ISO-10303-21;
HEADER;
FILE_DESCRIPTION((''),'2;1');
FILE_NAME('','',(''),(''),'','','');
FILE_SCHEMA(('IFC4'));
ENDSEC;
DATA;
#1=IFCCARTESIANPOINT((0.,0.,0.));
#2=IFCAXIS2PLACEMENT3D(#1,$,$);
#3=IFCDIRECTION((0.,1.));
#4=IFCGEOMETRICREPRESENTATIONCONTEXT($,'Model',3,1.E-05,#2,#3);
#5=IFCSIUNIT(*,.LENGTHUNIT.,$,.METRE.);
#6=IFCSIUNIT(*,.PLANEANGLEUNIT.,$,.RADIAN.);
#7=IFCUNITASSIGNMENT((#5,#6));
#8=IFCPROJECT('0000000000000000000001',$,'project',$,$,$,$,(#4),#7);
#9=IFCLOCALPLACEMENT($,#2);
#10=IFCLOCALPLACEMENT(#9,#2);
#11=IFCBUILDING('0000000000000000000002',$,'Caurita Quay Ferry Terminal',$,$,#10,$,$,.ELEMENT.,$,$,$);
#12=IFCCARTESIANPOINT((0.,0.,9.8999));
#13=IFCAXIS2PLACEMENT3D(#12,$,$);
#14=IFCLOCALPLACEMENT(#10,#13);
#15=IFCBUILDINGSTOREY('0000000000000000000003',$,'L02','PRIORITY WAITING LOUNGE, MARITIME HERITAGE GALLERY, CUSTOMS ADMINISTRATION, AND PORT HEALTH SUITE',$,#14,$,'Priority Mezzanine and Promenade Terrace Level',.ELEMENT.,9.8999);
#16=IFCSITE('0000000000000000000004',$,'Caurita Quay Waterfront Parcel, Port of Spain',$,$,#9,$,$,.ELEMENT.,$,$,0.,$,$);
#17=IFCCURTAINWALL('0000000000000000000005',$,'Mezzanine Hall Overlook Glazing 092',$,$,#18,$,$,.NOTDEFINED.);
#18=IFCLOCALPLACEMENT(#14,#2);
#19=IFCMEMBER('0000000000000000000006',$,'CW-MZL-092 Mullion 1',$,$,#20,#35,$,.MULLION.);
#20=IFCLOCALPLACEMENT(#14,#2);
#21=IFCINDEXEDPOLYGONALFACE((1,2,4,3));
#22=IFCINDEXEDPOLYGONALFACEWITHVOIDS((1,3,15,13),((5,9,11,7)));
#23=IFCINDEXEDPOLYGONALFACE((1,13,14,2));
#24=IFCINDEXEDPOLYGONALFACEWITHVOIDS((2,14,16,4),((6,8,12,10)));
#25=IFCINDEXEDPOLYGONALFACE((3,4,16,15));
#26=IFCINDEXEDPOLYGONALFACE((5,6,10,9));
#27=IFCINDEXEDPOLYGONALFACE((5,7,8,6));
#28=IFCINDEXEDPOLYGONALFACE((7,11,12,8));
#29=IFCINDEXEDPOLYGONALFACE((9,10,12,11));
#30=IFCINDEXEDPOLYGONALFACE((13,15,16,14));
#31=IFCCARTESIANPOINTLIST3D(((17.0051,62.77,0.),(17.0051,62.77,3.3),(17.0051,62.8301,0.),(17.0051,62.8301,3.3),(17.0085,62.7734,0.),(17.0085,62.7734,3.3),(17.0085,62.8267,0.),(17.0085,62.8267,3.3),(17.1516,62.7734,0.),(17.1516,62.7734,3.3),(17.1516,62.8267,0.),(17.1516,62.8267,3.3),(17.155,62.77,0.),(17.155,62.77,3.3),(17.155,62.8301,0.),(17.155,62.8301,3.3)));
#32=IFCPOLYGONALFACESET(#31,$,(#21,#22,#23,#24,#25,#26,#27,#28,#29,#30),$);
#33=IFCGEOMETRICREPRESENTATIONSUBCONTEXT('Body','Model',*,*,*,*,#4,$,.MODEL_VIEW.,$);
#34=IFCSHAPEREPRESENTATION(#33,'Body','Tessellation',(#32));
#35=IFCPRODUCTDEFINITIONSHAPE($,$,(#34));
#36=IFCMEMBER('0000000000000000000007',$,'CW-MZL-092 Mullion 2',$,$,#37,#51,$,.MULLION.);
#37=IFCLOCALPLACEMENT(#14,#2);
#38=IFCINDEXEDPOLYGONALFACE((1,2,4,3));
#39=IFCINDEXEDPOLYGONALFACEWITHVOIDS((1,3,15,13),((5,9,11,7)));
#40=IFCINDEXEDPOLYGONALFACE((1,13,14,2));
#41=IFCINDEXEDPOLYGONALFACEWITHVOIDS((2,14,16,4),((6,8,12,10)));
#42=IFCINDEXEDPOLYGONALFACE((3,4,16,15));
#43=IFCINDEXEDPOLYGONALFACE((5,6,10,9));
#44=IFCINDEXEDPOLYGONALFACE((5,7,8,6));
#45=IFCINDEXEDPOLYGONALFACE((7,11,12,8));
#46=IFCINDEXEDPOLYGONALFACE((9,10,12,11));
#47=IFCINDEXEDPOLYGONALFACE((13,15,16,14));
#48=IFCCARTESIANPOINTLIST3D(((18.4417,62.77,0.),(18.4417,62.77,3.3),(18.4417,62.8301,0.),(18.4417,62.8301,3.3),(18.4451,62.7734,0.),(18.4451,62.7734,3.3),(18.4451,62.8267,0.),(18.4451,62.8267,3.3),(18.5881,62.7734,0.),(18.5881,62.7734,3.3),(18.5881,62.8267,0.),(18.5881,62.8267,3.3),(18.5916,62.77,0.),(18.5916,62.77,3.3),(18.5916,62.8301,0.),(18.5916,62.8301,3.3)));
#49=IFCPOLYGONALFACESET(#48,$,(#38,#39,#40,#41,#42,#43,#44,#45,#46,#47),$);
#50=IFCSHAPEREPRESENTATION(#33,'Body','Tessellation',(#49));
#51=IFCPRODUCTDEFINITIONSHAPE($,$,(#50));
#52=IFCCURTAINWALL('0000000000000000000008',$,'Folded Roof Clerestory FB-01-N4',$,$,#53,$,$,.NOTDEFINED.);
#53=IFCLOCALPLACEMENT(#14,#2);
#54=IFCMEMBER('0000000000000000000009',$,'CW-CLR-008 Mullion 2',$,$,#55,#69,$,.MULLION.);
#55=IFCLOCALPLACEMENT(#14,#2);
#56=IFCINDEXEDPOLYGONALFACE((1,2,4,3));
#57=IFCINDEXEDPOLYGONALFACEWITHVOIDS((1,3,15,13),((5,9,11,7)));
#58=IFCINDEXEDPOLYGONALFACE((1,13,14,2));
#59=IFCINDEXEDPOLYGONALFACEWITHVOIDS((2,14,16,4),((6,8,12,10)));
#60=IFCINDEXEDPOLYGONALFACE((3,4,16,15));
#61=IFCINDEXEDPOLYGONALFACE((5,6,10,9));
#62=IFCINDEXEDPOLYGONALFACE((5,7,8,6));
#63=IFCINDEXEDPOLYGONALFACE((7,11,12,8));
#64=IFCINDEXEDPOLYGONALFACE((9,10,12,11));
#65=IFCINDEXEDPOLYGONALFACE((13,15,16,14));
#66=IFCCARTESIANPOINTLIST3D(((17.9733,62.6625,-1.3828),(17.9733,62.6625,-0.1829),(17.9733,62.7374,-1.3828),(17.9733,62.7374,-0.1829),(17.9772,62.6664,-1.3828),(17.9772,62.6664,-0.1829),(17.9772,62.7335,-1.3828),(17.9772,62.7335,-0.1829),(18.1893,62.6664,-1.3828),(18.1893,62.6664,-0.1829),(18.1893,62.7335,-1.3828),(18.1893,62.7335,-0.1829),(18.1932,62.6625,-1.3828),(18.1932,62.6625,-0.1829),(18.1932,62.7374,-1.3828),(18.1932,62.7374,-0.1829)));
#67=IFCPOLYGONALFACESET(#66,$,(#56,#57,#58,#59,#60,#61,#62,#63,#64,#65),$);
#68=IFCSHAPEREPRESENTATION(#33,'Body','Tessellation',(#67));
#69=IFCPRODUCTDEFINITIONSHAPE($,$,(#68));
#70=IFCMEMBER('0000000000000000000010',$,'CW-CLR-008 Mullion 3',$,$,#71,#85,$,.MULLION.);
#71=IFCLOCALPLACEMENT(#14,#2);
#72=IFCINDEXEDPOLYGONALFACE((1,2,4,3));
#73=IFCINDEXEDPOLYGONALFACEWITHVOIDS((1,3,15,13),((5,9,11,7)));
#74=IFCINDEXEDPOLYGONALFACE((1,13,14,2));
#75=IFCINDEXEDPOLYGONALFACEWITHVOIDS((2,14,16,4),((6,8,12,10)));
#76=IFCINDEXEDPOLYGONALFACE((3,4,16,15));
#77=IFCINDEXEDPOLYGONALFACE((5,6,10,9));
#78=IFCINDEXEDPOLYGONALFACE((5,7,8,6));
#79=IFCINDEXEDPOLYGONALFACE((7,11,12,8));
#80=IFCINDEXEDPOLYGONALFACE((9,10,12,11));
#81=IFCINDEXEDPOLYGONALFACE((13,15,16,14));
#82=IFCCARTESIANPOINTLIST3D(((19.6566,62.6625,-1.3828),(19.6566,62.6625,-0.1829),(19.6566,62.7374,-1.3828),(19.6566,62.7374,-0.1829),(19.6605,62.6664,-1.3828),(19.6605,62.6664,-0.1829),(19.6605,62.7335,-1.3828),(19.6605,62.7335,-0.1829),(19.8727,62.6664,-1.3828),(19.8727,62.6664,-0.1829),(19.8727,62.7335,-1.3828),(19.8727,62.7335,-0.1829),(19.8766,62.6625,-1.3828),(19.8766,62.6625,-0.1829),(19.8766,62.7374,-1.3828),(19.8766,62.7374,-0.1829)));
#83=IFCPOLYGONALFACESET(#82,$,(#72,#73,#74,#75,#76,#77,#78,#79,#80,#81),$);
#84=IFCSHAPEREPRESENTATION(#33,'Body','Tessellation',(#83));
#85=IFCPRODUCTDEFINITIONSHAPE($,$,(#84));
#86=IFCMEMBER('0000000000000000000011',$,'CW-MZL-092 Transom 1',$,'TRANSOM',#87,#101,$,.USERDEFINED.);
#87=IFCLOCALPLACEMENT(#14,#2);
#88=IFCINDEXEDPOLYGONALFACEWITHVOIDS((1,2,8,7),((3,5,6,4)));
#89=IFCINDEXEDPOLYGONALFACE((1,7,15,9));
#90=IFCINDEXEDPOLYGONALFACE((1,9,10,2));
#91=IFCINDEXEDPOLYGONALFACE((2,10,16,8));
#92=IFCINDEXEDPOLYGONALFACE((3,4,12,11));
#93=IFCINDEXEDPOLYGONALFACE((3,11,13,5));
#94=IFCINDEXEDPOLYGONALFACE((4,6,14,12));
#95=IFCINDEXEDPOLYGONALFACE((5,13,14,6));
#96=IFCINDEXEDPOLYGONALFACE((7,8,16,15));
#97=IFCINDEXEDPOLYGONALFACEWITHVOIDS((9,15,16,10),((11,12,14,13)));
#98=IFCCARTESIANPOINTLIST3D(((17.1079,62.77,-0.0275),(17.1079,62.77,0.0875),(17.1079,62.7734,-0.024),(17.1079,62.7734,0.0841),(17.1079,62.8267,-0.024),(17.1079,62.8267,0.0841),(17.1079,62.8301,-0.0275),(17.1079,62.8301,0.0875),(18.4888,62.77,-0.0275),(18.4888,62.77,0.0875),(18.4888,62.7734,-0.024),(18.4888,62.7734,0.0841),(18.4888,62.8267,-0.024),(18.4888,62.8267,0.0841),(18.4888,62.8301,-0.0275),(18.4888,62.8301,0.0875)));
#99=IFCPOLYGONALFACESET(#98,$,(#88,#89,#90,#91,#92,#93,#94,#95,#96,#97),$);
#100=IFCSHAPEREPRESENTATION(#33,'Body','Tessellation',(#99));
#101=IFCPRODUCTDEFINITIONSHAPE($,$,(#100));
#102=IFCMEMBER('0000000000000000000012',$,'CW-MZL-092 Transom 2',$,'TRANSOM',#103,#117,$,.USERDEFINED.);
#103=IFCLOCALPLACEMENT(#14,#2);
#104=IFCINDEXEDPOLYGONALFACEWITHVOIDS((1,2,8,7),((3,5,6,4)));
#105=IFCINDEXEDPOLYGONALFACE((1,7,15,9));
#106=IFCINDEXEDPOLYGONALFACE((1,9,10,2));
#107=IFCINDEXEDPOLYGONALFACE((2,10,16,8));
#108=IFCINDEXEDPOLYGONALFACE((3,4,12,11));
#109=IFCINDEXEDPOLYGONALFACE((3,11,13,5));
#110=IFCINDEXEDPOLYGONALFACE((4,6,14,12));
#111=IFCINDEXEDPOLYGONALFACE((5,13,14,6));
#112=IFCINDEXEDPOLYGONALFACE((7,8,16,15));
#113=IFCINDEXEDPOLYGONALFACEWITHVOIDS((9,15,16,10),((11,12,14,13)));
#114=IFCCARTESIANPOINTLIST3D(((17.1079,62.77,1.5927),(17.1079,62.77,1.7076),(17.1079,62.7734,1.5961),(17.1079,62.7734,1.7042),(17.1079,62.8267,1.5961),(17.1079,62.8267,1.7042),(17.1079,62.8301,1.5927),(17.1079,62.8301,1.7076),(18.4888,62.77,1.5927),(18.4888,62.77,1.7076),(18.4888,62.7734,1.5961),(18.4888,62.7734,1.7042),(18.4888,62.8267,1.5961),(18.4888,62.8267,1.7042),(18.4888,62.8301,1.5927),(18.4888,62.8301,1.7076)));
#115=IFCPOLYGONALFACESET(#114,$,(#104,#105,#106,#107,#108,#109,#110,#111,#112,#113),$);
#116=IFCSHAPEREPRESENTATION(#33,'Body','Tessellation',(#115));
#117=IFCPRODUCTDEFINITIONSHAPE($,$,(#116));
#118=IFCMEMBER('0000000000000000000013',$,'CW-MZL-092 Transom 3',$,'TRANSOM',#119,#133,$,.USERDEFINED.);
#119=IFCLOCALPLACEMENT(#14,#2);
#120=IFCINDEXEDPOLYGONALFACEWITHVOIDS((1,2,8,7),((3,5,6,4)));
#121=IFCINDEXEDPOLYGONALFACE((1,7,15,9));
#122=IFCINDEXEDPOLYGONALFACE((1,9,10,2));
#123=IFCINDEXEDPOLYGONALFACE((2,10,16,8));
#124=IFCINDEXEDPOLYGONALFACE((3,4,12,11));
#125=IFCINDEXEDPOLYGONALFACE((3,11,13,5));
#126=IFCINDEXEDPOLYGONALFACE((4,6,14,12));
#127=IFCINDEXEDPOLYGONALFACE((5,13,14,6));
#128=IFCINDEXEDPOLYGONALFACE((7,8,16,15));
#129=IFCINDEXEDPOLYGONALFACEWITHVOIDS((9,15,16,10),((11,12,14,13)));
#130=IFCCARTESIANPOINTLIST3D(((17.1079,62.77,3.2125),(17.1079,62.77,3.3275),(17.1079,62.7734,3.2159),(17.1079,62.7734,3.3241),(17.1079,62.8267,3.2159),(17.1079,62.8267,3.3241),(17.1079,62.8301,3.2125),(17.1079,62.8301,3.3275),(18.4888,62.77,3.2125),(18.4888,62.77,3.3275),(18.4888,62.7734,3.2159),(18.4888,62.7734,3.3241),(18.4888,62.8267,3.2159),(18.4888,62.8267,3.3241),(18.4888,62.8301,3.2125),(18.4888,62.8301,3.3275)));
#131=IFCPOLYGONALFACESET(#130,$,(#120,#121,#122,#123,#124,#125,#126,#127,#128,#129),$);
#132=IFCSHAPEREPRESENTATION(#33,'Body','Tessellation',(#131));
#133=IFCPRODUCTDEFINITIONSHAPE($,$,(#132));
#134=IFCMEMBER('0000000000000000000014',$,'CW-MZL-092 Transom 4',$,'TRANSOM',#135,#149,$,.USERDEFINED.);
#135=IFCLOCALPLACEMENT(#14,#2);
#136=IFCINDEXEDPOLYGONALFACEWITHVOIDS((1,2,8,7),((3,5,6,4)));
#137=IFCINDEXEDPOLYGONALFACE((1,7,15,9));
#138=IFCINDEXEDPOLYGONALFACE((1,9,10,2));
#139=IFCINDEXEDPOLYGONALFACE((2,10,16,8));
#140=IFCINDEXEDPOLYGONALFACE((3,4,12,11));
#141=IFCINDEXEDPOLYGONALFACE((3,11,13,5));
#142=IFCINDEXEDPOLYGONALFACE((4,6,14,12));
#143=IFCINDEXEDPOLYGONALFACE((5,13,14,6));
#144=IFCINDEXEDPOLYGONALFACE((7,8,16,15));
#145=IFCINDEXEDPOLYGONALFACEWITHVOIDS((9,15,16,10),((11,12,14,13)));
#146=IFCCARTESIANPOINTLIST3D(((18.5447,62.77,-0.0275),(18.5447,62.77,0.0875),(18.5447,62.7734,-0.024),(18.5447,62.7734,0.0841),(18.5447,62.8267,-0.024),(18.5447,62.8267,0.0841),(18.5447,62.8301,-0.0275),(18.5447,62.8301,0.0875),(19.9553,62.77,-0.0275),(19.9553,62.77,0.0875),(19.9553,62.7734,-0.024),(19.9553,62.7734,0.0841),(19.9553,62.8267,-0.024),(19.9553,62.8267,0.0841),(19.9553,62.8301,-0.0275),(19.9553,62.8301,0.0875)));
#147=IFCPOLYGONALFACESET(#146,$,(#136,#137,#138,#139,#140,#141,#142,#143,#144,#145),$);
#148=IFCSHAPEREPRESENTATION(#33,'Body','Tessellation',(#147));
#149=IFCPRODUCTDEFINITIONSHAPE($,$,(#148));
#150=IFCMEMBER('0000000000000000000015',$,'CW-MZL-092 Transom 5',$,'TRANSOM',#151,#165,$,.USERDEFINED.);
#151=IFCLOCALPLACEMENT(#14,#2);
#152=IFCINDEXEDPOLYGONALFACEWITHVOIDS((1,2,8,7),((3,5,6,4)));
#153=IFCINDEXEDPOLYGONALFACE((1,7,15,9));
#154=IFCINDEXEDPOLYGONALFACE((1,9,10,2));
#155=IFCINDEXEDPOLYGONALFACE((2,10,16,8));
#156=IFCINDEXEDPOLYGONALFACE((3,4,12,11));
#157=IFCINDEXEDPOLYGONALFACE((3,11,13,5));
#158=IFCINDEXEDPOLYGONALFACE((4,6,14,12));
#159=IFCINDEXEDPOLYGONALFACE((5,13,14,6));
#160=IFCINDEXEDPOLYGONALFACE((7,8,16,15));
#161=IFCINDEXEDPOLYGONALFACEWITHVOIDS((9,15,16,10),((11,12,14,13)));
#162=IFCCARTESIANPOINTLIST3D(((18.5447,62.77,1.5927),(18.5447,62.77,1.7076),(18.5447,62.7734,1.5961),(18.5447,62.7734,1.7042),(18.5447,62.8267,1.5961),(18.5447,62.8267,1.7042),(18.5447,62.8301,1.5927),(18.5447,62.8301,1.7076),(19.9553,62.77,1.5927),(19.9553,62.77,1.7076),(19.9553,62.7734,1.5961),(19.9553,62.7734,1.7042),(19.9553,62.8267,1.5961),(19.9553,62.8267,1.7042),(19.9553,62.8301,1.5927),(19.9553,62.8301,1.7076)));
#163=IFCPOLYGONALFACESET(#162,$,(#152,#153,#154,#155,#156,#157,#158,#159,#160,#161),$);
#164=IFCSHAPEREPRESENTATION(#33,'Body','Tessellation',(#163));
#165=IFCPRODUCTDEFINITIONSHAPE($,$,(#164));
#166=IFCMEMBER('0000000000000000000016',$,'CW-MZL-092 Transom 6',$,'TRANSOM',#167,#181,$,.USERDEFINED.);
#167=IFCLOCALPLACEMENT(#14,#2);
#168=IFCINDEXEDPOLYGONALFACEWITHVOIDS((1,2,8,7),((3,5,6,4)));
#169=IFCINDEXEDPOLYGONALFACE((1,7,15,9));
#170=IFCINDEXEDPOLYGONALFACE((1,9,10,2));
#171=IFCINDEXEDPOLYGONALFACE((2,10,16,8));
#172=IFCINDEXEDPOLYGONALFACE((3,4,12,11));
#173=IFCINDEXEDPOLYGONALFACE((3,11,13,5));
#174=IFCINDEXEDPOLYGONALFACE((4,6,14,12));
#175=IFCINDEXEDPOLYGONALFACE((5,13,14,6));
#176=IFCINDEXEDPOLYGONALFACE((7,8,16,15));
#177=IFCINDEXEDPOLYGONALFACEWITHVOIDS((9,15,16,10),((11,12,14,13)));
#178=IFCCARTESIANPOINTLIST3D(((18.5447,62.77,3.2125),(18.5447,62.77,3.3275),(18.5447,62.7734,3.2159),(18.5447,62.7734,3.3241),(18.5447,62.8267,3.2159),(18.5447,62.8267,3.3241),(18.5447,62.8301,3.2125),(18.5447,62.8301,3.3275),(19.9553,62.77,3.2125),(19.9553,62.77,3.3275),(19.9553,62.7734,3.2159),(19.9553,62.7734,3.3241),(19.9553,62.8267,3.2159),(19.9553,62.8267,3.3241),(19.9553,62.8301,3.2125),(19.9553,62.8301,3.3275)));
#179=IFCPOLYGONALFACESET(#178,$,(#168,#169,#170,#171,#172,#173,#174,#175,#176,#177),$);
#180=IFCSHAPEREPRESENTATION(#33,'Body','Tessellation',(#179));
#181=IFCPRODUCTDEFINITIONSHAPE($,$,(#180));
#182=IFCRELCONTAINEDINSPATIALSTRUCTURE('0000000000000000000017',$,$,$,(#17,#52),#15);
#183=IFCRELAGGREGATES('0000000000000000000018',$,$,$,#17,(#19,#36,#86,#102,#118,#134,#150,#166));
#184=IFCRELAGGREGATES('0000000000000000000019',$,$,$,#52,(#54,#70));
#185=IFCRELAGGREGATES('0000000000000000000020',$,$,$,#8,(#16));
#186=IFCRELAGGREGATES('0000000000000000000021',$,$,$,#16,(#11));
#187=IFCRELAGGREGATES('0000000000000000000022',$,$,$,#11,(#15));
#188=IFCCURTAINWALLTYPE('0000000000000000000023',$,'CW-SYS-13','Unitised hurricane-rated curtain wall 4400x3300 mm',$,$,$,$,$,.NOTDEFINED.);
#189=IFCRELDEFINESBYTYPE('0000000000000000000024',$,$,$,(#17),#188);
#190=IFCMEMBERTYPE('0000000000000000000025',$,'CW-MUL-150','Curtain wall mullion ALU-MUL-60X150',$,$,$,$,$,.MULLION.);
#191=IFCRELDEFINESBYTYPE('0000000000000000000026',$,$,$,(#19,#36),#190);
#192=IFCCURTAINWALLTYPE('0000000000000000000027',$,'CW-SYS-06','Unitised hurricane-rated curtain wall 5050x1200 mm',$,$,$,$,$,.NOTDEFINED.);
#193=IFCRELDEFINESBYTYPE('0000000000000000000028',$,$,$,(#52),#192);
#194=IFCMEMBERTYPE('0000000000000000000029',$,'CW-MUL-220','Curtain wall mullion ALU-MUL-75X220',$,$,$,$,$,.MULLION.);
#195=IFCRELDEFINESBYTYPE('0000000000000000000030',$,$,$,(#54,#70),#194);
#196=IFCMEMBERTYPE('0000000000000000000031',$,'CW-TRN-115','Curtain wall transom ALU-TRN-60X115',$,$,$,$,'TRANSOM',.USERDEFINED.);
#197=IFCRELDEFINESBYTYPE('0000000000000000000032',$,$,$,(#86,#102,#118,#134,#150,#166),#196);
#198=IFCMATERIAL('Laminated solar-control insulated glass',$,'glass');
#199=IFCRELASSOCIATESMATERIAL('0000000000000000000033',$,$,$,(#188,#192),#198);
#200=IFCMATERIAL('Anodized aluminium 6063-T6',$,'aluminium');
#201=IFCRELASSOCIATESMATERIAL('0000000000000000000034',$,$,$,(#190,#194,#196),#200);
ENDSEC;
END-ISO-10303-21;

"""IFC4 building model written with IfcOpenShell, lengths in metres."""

from ifc_helpers import new_model, si_unit, direction, frame, origin, origin_2d, place, context, subcontext, project, spatial, hollow_rectangle, extrude, material, material_profile, profile_set, type_object, element, aggregate, save


model = new_model("IFC4")

# Units and contexts
model_context = context("Model", 3, precision=1e-05, world=origin(), true_north=direction((0.0, 1.0)))
body_context = subcontext(model_context, "Body", "Model", "MODEL_VIEW")
ifc_project = project(units=[si_unit("LENGTHUNIT", "METRE"), si_unit("PLANEANGLEUNIT", "RADIAN")], contexts=[model_context])

# Site, building, storey
site_placement = place(None, origin())
site = spatial("IfcSite", under=ifc_project, at=site_placement, Name="Caurita Quay Waterfront Parcel, Port of Spain", CompositionType="ELEMENT", RefElevation=0.0)
building_placement = place(site_placement, origin())
building = spatial("IfcBuilding", under=site, at=building_placement, Name="Caurita Quay Ferry Terminal", CompositionType="ELEMENT")
storey_placement = place(building_placement, frame((0.0, 0.0, 9.8999)))
storey = spatial("IfcBuildingStorey", under=building, at=storey_placement, Name="L02", Description="PRIORITY WAITING LOUNGE, MARITIME HERITAGE GALLERY, CUSTOMS ADMINISTRATION, AND PORT HEALTH SUITE", LongName="Priority Mezzanine and Promenade Terrace Level", CompositionType="ELEMENT", Elevation=9.8999)

# Curtain walls, members
ifc_material_1 = material(Name="Laminated solar-control insulated glass", Category="glass")
curtain_wall_type_1 = type_object("IfcCurtainWallType", Name="CW-SYS-13", Description="Unitised hurricane-rated curtain wall 4400x3300 mm", PredefinedType="NOTDEFINED", material=ifc_material_1)
curtain_wall_1_placement = place(storey_placement, origin())
curtain_wall_1 = element("IfcCurtainWall", 1, at=curtain_wall_1_placement, inside=storey, type_object=curtain_wall_type_1, Name="Mezzanine Hall Overlook Glazing 092", PredefinedType="NOTDEFINED")
ifc_material_2 = material(Name="Anodized aluminium 6063-T6", Category="aluminium")
ifc_material_profile_1 = material_profile(ifc_material_2, hollow_rectangle(XDim=0.0601, YDim=0.1499, WallThickness=0.0034, at=origin_2d()), Name="ALU-MUL-60X150")
ifc_profile_set_1 = profile_set([ifc_material_profile_1], Name="Anodized aluminium 6063-T6")
member_type_1 = type_object("IfcMemberType", Name="CW-MUL-150", Description="Curtain wall mullion ALU-MUL-60X150", PredefinedType="MULLION", material=ifc_profile_set_1)
member_1_placement = place(storey_placement, frame((17.0801, 62.8, 0.0), z_axis=(0.0, 0.0, 1.0), x_axis=(0.0, 1.0, 0.0)))
member_1 = element("IfcMember", 2, at=member_1_placement, type_object=member_type_1, Name="CW-MZL-092 Mullion 1", PredefinedType="MULLION", context=body_context, shape_type="SweptSolid", body=[
    extrude(hollow_rectangle(XDim=0.0601, YDim=0.1499, WallThickness=0.0034, at=origin_2d()), origin(), (0.0, 0.0, 1.0), 3.3),
])
member_2_placement = place(storey_placement, frame((18.5166, 62.8, 0.0), z_axis=(0.0, 0.0, 1.0), x_axis=(0.0, 1.0, 0.0)))
member_2 = element("IfcMember", 3, at=member_2_placement, type_object=member_type_1, Name="CW-MZL-092 Mullion 2", PredefinedType="MULLION", context=body_context, shape_type="SweptSolid", body=[
    extrude(hollow_rectangle(XDim=0.0601, YDim=0.1499, WallThickness=0.0034, at=origin_2d()), origin(), (0.0, 0.0, 1.0), 3.3),
])
curtain_wall_type_2 = type_object("IfcCurtainWallType", Name="CW-SYS-06", Description="Unitised hurricane-rated curtain wall 5050x1200 mm", PredefinedType="NOTDEFINED", material=ifc_material_1)
curtain_wall_2_placement = place(storey_placement, origin())
curtain_wall_2 = element("IfcCurtainWall", 4, at=curtain_wall_2_placement, inside=storey, type_object=curtain_wall_type_2, Name="Folded Roof Clerestory FB-01-N4", PredefinedType="NOTDEFINED")
ifc_material_profile_2 = material_profile(ifc_material_2, hollow_rectangle(XDim=0.075, YDim=0.22, WallThickness=0.0039, at=origin_2d()), Name="ALU-MUL-75X220")
ifc_profile_set_2 = profile_set([ifc_material_profile_2], Name="Anodized aluminium 6063-T6")
member_type_2 = type_object("IfcMemberType", Name="CW-MUL-220", Description="Curtain wall mullion ALU-MUL-75X220", PredefinedType="MULLION", material=ifc_profile_set_2)
member_3_placement = place(storey_placement, frame((18.0833, 62.7, -1.3828), z_axis=(0.0, 0.0, 1.0), x_axis=(0.0, 1.0, 0.0)))
member_3 = element("IfcMember", 5, at=member_3_placement, type_object=member_type_2, Name="CW-CLR-008 Mullion 2", PredefinedType="MULLION", context=body_context, shape_type="SweptSolid", body=[
    extrude(hollow_rectangle(XDim=0.075, YDim=0.22, WallThickness=0.0039, at=origin_2d()), origin(), (0.0, 0.0, 1.0), 1.2),
])
member_4_placement = place(storey_placement, frame((19.7666, 62.7, -1.3828), z_axis=(0.0, 0.0, 1.0), x_axis=(0.0, 1.0, 0.0)))
member_4 = element("IfcMember", 6, at=member_4_placement, type_object=member_type_2, Name="CW-CLR-008 Mullion 3", PredefinedType="MULLION", context=body_context, shape_type="SweptSolid", body=[
    extrude(hollow_rectangle(XDim=0.075, YDim=0.22, WallThickness=0.0039, at=origin_2d()), origin(), (0.0, 0.0, 1.0), 1.2),
])

# Members
ifc_material_profile_3 = material_profile(ifc_material_2, hollow_rectangle(XDim=0.0601, YDim=0.115, WallThickness=0.0034, at=origin_2d()), Name="ALU-TRN-60X115")
ifc_profile_set_3 = profile_set([ifc_material_profile_3], Name="Anodized aluminium 6063-T6")
member_type_3 = type_object("IfcMemberType", Name="CW-TRN-115", Description="Curtain wall transom ALU-TRN-60X115", ElementType="TRANSOM", PredefinedType="USERDEFINED", material=ifc_profile_set_3)
member_5_placement = place(storey_placement, frame((17.1079, 62.8, 0.03), z_axis=(1.0, 0.0, 0.0), x_axis=(0.0, 1.0, 0.0)))
member_5 = element("IfcMember", 7, at=member_5_placement, type_object=member_type_3, Name="CW-MZL-092 Transom 1", ObjectType="TRANSOM", PredefinedType="USERDEFINED", context=body_context, shape_type="SweptSolid", body=[
    extrude(hollow_rectangle(XDim=0.0601, YDim=0.115, WallThickness=0.0034, at=origin_2d()), origin(), (0.0, 0.0, 1.0), 1.3809),
])
member_6_placement = place(storey_placement, frame((17.1079, 62.8, 1.6501), z_axis=(1.0, 0.0, 0.0), x_axis=(0.0, 1.0, 0.0)))
member_6 = element("IfcMember", 8, at=member_6_placement, type_object=member_type_3, Name="CW-MZL-092 Transom 2", ObjectType="TRANSOM", PredefinedType="USERDEFINED", context=body_context, shape_type="SweptSolid", body=[
    extrude(hollow_rectangle(XDim=0.0601, YDim=0.115, WallThickness=0.0034, at=origin_2d()), origin(), (0.0, 0.0, 1.0), 1.3809),
])
member_7_placement = place(storey_placement, frame((17.1079, 62.8, 3.27), z_axis=(1.0, 0.0, 0.0), x_axis=(0.0, 1.0, 0.0)))
member_7 = element("IfcMember", 9, at=member_7_placement, type_object=member_type_3, Name="CW-MZL-092 Transom 3", ObjectType="TRANSOM", PredefinedType="USERDEFINED", context=body_context, shape_type="SweptSolid", body=[
    extrude(hollow_rectangle(XDim=0.0601, YDim=0.115, WallThickness=0.0034, at=origin_2d()), origin(), (0.0, 0.0, 1.0), 1.3809),
])
member_8_placement = place(storey_placement, frame((18.5447, 62.8, 0.03), z_axis=(1.0, 0.0, 0.0), x_axis=(0.0, 1.0, 0.0)))
member_8 = element("IfcMember", 10, at=member_8_placement, type_object=member_type_3, Name="CW-MZL-092 Transom 4", ObjectType="TRANSOM", PredefinedType="USERDEFINED", context=body_context, shape_type="SweptSolid", body=[
    extrude(hollow_rectangle(XDim=0.0601, YDim=0.115, WallThickness=0.0034, at=origin_2d()), origin(), (0.0, 0.0, 1.0), 1.4106),
])
member_9_placement = place(storey_placement, frame((18.5447, 62.8, 1.6501), z_axis=(1.0, 0.0, 0.0), x_axis=(0.0, 1.0, 0.0)))
member_9 = element("IfcMember", 11, at=member_9_placement, type_object=member_type_3, Name="CW-MZL-092 Transom 5", ObjectType="TRANSOM", PredefinedType="USERDEFINED", context=body_context, shape_type="SweptSolid", body=[
    extrude(hollow_rectangle(XDim=0.0601, YDim=0.115, WallThickness=0.0034, at=origin_2d()), origin(), (0.0, 0.0, 1.0), 1.4106),
])
member_10_placement = place(storey_placement, frame((18.5447, 62.8, 3.27), z_axis=(1.0, 0.0, 0.0), x_axis=(0.0, 1.0, 0.0)))
member_10 = element("IfcMember", 12, at=member_10_placement, type_object=member_type_3, Name="CW-MZL-092 Transom 6", ObjectType="TRANSOM", PredefinedType="USERDEFINED", context=body_context, shape_type="SweptSolid", body=[
    extrude(hollow_rectangle(XDim=0.0601, YDim=0.115, WallThickness=0.0034, at=origin_2d()), origin(), (0.0, 0.0, 1.0), 1.4106),
])

aggregate(curtain_wall_1, [member_1, member_2, member_5, member_6, member_7, member_8, member_9, member_10])
aggregate(curtain_wall_2, [member_3, member_4])

save(model, "model.ifc")
